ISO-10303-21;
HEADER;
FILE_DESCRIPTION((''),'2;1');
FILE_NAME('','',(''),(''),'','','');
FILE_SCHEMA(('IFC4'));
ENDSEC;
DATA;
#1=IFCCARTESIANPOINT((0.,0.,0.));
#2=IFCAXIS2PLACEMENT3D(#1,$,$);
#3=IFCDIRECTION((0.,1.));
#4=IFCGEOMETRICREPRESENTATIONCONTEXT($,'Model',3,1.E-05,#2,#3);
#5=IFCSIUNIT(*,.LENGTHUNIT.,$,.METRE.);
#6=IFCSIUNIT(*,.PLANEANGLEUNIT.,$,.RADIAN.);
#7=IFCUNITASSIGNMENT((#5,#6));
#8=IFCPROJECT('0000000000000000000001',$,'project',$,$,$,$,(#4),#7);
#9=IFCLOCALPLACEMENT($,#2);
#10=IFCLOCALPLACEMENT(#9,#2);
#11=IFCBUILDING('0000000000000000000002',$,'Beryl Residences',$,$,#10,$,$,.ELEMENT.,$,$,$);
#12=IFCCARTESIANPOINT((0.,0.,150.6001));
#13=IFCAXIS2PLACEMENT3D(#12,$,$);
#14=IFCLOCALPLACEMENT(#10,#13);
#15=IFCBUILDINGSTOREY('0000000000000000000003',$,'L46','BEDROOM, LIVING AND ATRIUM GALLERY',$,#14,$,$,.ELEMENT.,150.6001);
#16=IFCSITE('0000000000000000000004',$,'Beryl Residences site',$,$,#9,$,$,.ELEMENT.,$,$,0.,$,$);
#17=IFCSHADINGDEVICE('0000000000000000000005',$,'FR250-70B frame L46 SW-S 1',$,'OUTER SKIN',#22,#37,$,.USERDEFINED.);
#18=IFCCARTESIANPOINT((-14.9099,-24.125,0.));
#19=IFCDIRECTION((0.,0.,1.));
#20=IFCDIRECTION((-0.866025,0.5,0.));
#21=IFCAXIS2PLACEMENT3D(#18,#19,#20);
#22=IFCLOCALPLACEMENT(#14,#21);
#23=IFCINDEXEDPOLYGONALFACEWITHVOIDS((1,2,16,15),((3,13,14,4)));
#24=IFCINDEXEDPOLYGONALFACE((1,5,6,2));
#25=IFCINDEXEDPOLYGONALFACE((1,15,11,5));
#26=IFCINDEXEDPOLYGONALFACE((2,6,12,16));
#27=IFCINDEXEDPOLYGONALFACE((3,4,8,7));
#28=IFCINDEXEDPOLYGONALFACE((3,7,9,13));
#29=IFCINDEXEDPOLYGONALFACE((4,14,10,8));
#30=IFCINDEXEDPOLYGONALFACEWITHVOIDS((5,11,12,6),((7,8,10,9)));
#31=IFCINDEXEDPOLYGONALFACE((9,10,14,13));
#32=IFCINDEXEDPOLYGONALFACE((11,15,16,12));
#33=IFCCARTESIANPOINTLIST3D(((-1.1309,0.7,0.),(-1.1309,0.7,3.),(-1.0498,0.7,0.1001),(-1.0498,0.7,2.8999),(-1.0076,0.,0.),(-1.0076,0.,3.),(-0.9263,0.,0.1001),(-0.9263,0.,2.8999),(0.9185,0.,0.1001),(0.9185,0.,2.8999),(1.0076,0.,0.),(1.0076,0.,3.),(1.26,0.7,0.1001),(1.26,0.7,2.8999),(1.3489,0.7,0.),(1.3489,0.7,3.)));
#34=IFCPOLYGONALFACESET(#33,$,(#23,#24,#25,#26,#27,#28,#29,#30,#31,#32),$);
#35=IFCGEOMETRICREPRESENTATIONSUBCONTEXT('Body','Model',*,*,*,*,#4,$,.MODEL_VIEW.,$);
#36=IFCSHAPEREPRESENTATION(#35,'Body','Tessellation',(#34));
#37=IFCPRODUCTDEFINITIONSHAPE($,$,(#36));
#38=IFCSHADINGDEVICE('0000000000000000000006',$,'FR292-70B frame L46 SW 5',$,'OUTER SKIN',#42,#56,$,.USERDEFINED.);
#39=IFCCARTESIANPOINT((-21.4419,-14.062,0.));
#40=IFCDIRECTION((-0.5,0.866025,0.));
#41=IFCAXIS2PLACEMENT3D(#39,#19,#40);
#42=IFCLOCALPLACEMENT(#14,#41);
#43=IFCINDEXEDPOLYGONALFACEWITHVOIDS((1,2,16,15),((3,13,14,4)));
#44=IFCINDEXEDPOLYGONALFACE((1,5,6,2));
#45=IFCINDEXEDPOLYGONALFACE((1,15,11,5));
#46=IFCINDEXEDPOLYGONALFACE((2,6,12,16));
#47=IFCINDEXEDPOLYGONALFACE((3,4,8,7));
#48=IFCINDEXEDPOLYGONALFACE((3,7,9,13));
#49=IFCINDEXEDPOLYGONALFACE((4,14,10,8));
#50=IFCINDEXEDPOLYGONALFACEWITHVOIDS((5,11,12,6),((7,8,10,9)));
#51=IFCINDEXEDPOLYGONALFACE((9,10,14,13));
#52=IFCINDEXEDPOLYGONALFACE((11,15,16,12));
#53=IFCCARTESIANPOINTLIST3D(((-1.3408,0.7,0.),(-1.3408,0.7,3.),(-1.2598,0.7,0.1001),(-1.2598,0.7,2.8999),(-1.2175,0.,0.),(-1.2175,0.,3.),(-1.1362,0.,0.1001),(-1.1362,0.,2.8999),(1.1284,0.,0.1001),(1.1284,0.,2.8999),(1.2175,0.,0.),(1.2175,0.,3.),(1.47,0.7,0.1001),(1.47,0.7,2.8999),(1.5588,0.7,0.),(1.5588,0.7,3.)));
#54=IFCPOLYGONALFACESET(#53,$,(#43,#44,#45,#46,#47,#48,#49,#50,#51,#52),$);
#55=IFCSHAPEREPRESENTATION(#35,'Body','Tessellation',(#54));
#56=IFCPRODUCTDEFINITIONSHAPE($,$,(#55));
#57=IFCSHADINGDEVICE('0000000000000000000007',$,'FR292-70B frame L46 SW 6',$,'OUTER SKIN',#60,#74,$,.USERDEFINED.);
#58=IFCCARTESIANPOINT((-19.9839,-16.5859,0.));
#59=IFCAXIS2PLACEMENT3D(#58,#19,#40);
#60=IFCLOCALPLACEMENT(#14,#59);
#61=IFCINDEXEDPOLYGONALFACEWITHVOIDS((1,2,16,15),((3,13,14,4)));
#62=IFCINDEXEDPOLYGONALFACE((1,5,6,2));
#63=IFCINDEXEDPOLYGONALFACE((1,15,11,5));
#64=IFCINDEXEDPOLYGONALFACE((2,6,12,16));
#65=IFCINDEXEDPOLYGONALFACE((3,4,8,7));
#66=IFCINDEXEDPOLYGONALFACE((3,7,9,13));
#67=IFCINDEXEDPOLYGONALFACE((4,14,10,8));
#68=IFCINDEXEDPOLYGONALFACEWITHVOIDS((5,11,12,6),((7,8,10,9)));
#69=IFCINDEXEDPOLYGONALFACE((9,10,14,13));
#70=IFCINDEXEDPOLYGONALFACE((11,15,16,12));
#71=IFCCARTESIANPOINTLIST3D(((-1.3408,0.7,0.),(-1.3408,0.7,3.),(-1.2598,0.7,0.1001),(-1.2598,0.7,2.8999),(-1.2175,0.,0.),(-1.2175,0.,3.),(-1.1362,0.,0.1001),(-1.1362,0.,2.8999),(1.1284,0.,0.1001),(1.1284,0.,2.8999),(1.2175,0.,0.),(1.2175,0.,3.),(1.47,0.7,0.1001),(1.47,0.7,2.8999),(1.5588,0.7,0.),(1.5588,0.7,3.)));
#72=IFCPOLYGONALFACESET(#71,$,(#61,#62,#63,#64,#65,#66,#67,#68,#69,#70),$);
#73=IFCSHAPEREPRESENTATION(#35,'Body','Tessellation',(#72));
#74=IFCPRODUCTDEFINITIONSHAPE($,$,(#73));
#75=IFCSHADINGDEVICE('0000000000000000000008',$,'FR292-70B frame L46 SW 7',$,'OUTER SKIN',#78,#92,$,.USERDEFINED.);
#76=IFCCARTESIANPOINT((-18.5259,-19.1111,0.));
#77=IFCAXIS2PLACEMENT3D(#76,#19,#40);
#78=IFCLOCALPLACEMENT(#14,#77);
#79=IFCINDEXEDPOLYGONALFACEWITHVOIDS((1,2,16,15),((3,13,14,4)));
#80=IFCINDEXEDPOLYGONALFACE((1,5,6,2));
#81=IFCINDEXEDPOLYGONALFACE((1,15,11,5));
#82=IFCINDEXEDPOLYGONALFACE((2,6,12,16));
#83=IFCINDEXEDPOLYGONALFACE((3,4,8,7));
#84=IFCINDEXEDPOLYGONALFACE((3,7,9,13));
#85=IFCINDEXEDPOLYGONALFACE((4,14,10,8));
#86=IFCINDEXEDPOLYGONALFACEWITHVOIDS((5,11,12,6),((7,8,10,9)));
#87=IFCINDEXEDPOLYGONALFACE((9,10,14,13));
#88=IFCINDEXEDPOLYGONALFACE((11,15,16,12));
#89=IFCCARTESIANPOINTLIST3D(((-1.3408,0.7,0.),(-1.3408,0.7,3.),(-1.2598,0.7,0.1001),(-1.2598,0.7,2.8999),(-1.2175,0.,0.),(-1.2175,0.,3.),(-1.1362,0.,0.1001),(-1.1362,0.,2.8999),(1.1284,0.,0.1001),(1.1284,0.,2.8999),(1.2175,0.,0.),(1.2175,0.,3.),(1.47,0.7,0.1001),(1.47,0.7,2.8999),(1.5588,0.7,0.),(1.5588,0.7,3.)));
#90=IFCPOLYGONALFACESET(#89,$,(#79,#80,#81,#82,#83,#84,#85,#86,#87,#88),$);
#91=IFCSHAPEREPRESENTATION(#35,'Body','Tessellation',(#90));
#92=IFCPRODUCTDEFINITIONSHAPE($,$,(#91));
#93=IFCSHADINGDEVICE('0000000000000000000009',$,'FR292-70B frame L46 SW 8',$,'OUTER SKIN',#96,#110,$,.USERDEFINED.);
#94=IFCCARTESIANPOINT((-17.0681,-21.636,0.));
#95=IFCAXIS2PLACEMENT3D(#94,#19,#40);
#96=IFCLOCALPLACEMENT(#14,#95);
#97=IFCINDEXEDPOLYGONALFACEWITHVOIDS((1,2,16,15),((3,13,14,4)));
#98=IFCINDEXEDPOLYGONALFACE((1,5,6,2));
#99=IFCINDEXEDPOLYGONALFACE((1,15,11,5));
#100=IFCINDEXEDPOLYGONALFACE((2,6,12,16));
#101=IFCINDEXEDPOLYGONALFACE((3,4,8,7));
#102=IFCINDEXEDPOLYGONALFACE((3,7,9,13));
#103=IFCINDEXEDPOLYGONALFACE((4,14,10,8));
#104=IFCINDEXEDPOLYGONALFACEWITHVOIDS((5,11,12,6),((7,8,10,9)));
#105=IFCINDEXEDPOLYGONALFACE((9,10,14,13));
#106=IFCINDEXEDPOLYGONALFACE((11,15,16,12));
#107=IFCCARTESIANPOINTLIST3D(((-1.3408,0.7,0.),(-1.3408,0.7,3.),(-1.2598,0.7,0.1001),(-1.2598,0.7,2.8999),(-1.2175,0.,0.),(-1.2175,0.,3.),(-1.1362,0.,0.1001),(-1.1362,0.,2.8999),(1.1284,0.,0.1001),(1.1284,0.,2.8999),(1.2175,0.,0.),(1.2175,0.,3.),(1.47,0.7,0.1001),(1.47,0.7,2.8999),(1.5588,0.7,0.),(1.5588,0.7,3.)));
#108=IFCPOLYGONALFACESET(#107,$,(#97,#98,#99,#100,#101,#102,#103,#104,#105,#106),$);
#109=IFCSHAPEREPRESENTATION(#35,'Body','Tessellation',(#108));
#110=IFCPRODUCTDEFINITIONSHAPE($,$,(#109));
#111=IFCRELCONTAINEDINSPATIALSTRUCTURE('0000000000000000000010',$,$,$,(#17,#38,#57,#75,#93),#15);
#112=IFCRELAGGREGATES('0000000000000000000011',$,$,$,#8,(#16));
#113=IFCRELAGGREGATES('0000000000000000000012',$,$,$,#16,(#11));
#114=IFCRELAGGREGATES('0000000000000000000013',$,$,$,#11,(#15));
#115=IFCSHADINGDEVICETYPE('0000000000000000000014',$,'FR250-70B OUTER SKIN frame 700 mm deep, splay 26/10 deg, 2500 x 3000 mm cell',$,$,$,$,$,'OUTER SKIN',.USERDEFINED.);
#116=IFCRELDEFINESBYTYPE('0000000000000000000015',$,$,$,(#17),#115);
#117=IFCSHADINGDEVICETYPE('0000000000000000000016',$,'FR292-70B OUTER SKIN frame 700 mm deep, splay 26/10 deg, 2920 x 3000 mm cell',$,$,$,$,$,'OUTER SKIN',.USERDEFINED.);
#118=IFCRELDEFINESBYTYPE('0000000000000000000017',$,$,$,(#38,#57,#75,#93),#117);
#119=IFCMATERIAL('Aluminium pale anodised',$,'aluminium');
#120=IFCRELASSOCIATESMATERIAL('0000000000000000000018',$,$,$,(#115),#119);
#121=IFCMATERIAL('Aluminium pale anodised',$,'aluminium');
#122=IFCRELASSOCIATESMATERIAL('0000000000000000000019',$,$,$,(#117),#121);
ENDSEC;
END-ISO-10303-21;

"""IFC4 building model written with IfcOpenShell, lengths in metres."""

from ifc_helpers import new_model, entity, si_unit, direction, frame, origin, place, context, subcontext, project, spatial, source, transform, mapped, material, type_object, type_shapes, element, save


model = new_model("IFC4")

# Units and contexts
model_context = context("Model", 3, precision=1e-05, world=origin(), true_north=direction((0.0, 1.0)))
body_context = subcontext(model_context, "Body", "Model", "MODEL_VIEW")
ifc_project = project(units=[si_unit("LENGTHUNIT", "METRE"), si_unit("PLANEANGLEUNIT", "RADIAN")], contexts=[model_context])

# Site, building, storey
site_placement = place(None, origin())
site = spatial("IfcSite", under=ifc_project, at=site_placement, Name="Beryl Residences site", CompositionType="ELEMENT", RefElevation=0.0)
building_placement = place(site_placement, origin())
building = spatial("IfcBuilding", under=site, at=building_placement, Name="Beryl Residences", CompositionType="ELEMENT")
storey_placement = place(building_placement, frame((0.0, 0.0, 150.6001)))
storey = spatial("IfcBuildingStorey", under=building, at=storey_placement, Name="L46", Description="BEDROOM, LIVING AND ATRIUM GALLERY", CompositionType="ELEMENT", Elevation=150.6001)

# Shading devices
ifc_material_1 = material(Name="Aluminium pale anodised", Category="aluminium")
shading_device_type_1 = type_object("IfcShadingDeviceType", Name="FR250-70B OUTER SKIN frame 700 mm deep, splay 26/10 deg, 2500 x 3000 mm cell", ElementType="OUTER SKIN", PredefinedType="USERDEFINED", material=ifc_material_1)
cartesian_point_1 = entity("IfcCartesianPoint", [-1.0076, 0.0])
cartesian_point_2 = entity("IfcCartesianPoint", [-0.9185, 0.1001])
cartesian_point_3 = entity("IfcCartesianPoint", [-1.3489, 0.0])
cartesian_point_4 = entity("IfcCartesianPoint", [-1.26, 0.1001])
shared_shape_1 = source(origin(), body_context, "Body", "SweptSolid", [
    entity("IfcExtrudedAreaSolidTapered", entity("IfcArbitraryProfileDefWithVoids", "AREA", None, entity("IfcPolyline", [cartesian_point_1, entity("IfcCartesianPoint", [1.0076, 0.0]), entity("IfcCartesianPoint", [1.0076, 3.0]), entity("IfcCartesianPoint", [-1.0076, 3.0]), cartesian_point_1]), [entity("IfcPolyline", [cartesian_point_2, entity("IfcCartesianPoint", [0.9263, 0.1001]), entity("IfcCartesianPoint", [0.9263, 2.8999]), entity("IfcCartesianPoint", [-0.9185, 2.8999]), cartesian_point_2])]), entity("IfcAxis2Placement3D", entity("IfcCartesianPoint", [0.0, 0.0, 0.0]), entity("IfcDirection", [0.0, 1.0, 0.0]), entity("IfcDirection", [-1.0, 0.0, 0.0])), entity("IfcDirection", [0.0, 0.0, 1.0]), 0.7, entity("IfcArbitraryProfileDefWithVoids", "AREA", None, entity("IfcPolyline", [cartesian_point_3, entity("IfcCartesianPoint", [1.1309, 0.0]), entity("IfcCartesianPoint", [1.1309, 3.0]), entity("IfcCartesianPoint", [-1.3489, 3.0]), cartesian_point_3]), [entity("IfcPolyline", [cartesian_point_4, entity("IfcCartesianPoint", [1.0498, 0.1001]), entity("IfcCartesianPoint", [1.0498, 2.8999]), entity("IfcCartesianPoint", [-1.26, 2.8999]), cartesian_point_4])])),
])
type_shapes(shading_device_type_1, [shared_shape_1])
shading_device_placement = place(storey_placement, frame((-14.9099, -24.125, 0.0), z_axis=(0.0, 0.0, 1.0), x_axis=(-0.866025, 0.5, 0.0)))
element("IfcShadingDevice", 1, at=shading_device_placement, inside=storey, type_object=shading_device_type_1, Name="FR250-70B frame L46 SW-S 1", ObjectType="OUTER SKIN", PredefinedType="USERDEFINED", context=body_context, shape_type="MappedRepresentation", body=[
    mapped(shared_shape_1, transform((0.0, 0.0, 0.0))),
])
ifc_material_2 = material(Name="Aluminium pale anodised", Category="aluminium")
shading_device_type_2 = type_object("IfcShadingDeviceType", Name="FR292-70B OUTER SKIN frame 700 mm deep, splay 26/10 deg, 2920 x 3000 mm cell", ElementType="OUTER SKIN", PredefinedType="USERDEFINED", material=ifc_material_2)
cartesian_point_5 = entity("IfcCartesianPoint", [-1.2175, 0.0])
cartesian_point_6 = entity("IfcCartesianPoint", [-1.1284, 0.1001])
cartesian_point_7 = entity("IfcCartesianPoint", [-1.5588, 0.0])
cartesian_point_8 = entity("IfcCartesianPoint", [-1.47, 0.1001])
shared_shape_2 = source(origin(), body_context, "Body", "SweptSolid", [
    entity("IfcExtrudedAreaSolidTapered", entity("IfcArbitraryProfileDefWithVoids", "AREA", None, entity("IfcPolyline", [cartesian_point_5, entity("IfcCartesianPoint", [1.2175, 0.0]), entity("IfcCartesianPoint", [1.2175, 3.0]), entity("IfcCartesianPoint", [-1.2175, 3.0]), cartesian_point_5]), [entity("IfcPolyline", [cartesian_point_6, entity("IfcCartesianPoint", [1.1362, 0.1001]), entity("IfcCartesianPoint", [1.1362, 2.8999]), entity("IfcCartesianPoint", [-1.1284, 2.8999]), cartesian_point_6])]), entity("IfcAxis2Placement3D", entity("IfcCartesianPoint", [0.0, 0.0, 0.0]), entity("IfcDirection", [0.0, 1.0, 0.0]), entity("IfcDirection", [-1.0, 0.0, 0.0])), entity("IfcDirection", [0.0, 0.0, 1.0]), 0.7, entity("IfcArbitraryProfileDefWithVoids", "AREA", None, entity("IfcPolyline", [cartesian_point_7, entity("IfcCartesianPoint", [1.3408, 0.0]), entity("IfcCartesianPoint", [1.3408, 3.0]), entity("IfcCartesianPoint", [-1.5588, 3.0]), cartesian_point_7]), [entity("IfcPolyline", [cartesian_point_8, entity("IfcCartesianPoint", [1.2598, 0.1001]), entity("IfcCartesianPoint", [1.2598, 2.8999]), entity("IfcCartesianPoint", [-1.47, 2.8999]), cartesian_point_8])])),
])
type_shapes(shading_device_type_2, [shared_shape_2])
for number, where, z_axis, x_axis, name in (
    (2, (-21.4419, -14.062, 0.0), (0.0, 0.0, 1.0), (-0.5, 0.866025, 0.0), "FR292-70B frame L46 SW 5"),
    (3, (-19.9839, -16.5859, 0.0), (0.0, 0.0, 1.0), (-0.5, 0.866025, 0.0), "FR292-70B frame L46 SW 6"),
    (4, (-18.5259, -19.1111, 0.0), (0.0, 0.0, 1.0), (-0.5, 0.866025, 0.0), "FR292-70B frame L46 SW 7"),
    (5, (-17.0681, -21.636, 0.0), (0.0, 0.0, 1.0), (-0.5, 0.866025, 0.0), "FR292-70B frame L46 SW 8"),
):
    element("IfcShadingDevice", number, at=place(storey_placement, frame(where, z_axis=z_axis, x_axis=x_axis)), inside=storey, type_object=shading_device_type_2, Name=name, ObjectType="OUTER SKIN", PredefinedType="USERDEFINED", context=body_context, shape_type="MappedRepresentation", body=[
        mapped(shared_shape_2, transform((0.0, 0.0, 0.0))),
    ])

save(model, "model.ifc")
